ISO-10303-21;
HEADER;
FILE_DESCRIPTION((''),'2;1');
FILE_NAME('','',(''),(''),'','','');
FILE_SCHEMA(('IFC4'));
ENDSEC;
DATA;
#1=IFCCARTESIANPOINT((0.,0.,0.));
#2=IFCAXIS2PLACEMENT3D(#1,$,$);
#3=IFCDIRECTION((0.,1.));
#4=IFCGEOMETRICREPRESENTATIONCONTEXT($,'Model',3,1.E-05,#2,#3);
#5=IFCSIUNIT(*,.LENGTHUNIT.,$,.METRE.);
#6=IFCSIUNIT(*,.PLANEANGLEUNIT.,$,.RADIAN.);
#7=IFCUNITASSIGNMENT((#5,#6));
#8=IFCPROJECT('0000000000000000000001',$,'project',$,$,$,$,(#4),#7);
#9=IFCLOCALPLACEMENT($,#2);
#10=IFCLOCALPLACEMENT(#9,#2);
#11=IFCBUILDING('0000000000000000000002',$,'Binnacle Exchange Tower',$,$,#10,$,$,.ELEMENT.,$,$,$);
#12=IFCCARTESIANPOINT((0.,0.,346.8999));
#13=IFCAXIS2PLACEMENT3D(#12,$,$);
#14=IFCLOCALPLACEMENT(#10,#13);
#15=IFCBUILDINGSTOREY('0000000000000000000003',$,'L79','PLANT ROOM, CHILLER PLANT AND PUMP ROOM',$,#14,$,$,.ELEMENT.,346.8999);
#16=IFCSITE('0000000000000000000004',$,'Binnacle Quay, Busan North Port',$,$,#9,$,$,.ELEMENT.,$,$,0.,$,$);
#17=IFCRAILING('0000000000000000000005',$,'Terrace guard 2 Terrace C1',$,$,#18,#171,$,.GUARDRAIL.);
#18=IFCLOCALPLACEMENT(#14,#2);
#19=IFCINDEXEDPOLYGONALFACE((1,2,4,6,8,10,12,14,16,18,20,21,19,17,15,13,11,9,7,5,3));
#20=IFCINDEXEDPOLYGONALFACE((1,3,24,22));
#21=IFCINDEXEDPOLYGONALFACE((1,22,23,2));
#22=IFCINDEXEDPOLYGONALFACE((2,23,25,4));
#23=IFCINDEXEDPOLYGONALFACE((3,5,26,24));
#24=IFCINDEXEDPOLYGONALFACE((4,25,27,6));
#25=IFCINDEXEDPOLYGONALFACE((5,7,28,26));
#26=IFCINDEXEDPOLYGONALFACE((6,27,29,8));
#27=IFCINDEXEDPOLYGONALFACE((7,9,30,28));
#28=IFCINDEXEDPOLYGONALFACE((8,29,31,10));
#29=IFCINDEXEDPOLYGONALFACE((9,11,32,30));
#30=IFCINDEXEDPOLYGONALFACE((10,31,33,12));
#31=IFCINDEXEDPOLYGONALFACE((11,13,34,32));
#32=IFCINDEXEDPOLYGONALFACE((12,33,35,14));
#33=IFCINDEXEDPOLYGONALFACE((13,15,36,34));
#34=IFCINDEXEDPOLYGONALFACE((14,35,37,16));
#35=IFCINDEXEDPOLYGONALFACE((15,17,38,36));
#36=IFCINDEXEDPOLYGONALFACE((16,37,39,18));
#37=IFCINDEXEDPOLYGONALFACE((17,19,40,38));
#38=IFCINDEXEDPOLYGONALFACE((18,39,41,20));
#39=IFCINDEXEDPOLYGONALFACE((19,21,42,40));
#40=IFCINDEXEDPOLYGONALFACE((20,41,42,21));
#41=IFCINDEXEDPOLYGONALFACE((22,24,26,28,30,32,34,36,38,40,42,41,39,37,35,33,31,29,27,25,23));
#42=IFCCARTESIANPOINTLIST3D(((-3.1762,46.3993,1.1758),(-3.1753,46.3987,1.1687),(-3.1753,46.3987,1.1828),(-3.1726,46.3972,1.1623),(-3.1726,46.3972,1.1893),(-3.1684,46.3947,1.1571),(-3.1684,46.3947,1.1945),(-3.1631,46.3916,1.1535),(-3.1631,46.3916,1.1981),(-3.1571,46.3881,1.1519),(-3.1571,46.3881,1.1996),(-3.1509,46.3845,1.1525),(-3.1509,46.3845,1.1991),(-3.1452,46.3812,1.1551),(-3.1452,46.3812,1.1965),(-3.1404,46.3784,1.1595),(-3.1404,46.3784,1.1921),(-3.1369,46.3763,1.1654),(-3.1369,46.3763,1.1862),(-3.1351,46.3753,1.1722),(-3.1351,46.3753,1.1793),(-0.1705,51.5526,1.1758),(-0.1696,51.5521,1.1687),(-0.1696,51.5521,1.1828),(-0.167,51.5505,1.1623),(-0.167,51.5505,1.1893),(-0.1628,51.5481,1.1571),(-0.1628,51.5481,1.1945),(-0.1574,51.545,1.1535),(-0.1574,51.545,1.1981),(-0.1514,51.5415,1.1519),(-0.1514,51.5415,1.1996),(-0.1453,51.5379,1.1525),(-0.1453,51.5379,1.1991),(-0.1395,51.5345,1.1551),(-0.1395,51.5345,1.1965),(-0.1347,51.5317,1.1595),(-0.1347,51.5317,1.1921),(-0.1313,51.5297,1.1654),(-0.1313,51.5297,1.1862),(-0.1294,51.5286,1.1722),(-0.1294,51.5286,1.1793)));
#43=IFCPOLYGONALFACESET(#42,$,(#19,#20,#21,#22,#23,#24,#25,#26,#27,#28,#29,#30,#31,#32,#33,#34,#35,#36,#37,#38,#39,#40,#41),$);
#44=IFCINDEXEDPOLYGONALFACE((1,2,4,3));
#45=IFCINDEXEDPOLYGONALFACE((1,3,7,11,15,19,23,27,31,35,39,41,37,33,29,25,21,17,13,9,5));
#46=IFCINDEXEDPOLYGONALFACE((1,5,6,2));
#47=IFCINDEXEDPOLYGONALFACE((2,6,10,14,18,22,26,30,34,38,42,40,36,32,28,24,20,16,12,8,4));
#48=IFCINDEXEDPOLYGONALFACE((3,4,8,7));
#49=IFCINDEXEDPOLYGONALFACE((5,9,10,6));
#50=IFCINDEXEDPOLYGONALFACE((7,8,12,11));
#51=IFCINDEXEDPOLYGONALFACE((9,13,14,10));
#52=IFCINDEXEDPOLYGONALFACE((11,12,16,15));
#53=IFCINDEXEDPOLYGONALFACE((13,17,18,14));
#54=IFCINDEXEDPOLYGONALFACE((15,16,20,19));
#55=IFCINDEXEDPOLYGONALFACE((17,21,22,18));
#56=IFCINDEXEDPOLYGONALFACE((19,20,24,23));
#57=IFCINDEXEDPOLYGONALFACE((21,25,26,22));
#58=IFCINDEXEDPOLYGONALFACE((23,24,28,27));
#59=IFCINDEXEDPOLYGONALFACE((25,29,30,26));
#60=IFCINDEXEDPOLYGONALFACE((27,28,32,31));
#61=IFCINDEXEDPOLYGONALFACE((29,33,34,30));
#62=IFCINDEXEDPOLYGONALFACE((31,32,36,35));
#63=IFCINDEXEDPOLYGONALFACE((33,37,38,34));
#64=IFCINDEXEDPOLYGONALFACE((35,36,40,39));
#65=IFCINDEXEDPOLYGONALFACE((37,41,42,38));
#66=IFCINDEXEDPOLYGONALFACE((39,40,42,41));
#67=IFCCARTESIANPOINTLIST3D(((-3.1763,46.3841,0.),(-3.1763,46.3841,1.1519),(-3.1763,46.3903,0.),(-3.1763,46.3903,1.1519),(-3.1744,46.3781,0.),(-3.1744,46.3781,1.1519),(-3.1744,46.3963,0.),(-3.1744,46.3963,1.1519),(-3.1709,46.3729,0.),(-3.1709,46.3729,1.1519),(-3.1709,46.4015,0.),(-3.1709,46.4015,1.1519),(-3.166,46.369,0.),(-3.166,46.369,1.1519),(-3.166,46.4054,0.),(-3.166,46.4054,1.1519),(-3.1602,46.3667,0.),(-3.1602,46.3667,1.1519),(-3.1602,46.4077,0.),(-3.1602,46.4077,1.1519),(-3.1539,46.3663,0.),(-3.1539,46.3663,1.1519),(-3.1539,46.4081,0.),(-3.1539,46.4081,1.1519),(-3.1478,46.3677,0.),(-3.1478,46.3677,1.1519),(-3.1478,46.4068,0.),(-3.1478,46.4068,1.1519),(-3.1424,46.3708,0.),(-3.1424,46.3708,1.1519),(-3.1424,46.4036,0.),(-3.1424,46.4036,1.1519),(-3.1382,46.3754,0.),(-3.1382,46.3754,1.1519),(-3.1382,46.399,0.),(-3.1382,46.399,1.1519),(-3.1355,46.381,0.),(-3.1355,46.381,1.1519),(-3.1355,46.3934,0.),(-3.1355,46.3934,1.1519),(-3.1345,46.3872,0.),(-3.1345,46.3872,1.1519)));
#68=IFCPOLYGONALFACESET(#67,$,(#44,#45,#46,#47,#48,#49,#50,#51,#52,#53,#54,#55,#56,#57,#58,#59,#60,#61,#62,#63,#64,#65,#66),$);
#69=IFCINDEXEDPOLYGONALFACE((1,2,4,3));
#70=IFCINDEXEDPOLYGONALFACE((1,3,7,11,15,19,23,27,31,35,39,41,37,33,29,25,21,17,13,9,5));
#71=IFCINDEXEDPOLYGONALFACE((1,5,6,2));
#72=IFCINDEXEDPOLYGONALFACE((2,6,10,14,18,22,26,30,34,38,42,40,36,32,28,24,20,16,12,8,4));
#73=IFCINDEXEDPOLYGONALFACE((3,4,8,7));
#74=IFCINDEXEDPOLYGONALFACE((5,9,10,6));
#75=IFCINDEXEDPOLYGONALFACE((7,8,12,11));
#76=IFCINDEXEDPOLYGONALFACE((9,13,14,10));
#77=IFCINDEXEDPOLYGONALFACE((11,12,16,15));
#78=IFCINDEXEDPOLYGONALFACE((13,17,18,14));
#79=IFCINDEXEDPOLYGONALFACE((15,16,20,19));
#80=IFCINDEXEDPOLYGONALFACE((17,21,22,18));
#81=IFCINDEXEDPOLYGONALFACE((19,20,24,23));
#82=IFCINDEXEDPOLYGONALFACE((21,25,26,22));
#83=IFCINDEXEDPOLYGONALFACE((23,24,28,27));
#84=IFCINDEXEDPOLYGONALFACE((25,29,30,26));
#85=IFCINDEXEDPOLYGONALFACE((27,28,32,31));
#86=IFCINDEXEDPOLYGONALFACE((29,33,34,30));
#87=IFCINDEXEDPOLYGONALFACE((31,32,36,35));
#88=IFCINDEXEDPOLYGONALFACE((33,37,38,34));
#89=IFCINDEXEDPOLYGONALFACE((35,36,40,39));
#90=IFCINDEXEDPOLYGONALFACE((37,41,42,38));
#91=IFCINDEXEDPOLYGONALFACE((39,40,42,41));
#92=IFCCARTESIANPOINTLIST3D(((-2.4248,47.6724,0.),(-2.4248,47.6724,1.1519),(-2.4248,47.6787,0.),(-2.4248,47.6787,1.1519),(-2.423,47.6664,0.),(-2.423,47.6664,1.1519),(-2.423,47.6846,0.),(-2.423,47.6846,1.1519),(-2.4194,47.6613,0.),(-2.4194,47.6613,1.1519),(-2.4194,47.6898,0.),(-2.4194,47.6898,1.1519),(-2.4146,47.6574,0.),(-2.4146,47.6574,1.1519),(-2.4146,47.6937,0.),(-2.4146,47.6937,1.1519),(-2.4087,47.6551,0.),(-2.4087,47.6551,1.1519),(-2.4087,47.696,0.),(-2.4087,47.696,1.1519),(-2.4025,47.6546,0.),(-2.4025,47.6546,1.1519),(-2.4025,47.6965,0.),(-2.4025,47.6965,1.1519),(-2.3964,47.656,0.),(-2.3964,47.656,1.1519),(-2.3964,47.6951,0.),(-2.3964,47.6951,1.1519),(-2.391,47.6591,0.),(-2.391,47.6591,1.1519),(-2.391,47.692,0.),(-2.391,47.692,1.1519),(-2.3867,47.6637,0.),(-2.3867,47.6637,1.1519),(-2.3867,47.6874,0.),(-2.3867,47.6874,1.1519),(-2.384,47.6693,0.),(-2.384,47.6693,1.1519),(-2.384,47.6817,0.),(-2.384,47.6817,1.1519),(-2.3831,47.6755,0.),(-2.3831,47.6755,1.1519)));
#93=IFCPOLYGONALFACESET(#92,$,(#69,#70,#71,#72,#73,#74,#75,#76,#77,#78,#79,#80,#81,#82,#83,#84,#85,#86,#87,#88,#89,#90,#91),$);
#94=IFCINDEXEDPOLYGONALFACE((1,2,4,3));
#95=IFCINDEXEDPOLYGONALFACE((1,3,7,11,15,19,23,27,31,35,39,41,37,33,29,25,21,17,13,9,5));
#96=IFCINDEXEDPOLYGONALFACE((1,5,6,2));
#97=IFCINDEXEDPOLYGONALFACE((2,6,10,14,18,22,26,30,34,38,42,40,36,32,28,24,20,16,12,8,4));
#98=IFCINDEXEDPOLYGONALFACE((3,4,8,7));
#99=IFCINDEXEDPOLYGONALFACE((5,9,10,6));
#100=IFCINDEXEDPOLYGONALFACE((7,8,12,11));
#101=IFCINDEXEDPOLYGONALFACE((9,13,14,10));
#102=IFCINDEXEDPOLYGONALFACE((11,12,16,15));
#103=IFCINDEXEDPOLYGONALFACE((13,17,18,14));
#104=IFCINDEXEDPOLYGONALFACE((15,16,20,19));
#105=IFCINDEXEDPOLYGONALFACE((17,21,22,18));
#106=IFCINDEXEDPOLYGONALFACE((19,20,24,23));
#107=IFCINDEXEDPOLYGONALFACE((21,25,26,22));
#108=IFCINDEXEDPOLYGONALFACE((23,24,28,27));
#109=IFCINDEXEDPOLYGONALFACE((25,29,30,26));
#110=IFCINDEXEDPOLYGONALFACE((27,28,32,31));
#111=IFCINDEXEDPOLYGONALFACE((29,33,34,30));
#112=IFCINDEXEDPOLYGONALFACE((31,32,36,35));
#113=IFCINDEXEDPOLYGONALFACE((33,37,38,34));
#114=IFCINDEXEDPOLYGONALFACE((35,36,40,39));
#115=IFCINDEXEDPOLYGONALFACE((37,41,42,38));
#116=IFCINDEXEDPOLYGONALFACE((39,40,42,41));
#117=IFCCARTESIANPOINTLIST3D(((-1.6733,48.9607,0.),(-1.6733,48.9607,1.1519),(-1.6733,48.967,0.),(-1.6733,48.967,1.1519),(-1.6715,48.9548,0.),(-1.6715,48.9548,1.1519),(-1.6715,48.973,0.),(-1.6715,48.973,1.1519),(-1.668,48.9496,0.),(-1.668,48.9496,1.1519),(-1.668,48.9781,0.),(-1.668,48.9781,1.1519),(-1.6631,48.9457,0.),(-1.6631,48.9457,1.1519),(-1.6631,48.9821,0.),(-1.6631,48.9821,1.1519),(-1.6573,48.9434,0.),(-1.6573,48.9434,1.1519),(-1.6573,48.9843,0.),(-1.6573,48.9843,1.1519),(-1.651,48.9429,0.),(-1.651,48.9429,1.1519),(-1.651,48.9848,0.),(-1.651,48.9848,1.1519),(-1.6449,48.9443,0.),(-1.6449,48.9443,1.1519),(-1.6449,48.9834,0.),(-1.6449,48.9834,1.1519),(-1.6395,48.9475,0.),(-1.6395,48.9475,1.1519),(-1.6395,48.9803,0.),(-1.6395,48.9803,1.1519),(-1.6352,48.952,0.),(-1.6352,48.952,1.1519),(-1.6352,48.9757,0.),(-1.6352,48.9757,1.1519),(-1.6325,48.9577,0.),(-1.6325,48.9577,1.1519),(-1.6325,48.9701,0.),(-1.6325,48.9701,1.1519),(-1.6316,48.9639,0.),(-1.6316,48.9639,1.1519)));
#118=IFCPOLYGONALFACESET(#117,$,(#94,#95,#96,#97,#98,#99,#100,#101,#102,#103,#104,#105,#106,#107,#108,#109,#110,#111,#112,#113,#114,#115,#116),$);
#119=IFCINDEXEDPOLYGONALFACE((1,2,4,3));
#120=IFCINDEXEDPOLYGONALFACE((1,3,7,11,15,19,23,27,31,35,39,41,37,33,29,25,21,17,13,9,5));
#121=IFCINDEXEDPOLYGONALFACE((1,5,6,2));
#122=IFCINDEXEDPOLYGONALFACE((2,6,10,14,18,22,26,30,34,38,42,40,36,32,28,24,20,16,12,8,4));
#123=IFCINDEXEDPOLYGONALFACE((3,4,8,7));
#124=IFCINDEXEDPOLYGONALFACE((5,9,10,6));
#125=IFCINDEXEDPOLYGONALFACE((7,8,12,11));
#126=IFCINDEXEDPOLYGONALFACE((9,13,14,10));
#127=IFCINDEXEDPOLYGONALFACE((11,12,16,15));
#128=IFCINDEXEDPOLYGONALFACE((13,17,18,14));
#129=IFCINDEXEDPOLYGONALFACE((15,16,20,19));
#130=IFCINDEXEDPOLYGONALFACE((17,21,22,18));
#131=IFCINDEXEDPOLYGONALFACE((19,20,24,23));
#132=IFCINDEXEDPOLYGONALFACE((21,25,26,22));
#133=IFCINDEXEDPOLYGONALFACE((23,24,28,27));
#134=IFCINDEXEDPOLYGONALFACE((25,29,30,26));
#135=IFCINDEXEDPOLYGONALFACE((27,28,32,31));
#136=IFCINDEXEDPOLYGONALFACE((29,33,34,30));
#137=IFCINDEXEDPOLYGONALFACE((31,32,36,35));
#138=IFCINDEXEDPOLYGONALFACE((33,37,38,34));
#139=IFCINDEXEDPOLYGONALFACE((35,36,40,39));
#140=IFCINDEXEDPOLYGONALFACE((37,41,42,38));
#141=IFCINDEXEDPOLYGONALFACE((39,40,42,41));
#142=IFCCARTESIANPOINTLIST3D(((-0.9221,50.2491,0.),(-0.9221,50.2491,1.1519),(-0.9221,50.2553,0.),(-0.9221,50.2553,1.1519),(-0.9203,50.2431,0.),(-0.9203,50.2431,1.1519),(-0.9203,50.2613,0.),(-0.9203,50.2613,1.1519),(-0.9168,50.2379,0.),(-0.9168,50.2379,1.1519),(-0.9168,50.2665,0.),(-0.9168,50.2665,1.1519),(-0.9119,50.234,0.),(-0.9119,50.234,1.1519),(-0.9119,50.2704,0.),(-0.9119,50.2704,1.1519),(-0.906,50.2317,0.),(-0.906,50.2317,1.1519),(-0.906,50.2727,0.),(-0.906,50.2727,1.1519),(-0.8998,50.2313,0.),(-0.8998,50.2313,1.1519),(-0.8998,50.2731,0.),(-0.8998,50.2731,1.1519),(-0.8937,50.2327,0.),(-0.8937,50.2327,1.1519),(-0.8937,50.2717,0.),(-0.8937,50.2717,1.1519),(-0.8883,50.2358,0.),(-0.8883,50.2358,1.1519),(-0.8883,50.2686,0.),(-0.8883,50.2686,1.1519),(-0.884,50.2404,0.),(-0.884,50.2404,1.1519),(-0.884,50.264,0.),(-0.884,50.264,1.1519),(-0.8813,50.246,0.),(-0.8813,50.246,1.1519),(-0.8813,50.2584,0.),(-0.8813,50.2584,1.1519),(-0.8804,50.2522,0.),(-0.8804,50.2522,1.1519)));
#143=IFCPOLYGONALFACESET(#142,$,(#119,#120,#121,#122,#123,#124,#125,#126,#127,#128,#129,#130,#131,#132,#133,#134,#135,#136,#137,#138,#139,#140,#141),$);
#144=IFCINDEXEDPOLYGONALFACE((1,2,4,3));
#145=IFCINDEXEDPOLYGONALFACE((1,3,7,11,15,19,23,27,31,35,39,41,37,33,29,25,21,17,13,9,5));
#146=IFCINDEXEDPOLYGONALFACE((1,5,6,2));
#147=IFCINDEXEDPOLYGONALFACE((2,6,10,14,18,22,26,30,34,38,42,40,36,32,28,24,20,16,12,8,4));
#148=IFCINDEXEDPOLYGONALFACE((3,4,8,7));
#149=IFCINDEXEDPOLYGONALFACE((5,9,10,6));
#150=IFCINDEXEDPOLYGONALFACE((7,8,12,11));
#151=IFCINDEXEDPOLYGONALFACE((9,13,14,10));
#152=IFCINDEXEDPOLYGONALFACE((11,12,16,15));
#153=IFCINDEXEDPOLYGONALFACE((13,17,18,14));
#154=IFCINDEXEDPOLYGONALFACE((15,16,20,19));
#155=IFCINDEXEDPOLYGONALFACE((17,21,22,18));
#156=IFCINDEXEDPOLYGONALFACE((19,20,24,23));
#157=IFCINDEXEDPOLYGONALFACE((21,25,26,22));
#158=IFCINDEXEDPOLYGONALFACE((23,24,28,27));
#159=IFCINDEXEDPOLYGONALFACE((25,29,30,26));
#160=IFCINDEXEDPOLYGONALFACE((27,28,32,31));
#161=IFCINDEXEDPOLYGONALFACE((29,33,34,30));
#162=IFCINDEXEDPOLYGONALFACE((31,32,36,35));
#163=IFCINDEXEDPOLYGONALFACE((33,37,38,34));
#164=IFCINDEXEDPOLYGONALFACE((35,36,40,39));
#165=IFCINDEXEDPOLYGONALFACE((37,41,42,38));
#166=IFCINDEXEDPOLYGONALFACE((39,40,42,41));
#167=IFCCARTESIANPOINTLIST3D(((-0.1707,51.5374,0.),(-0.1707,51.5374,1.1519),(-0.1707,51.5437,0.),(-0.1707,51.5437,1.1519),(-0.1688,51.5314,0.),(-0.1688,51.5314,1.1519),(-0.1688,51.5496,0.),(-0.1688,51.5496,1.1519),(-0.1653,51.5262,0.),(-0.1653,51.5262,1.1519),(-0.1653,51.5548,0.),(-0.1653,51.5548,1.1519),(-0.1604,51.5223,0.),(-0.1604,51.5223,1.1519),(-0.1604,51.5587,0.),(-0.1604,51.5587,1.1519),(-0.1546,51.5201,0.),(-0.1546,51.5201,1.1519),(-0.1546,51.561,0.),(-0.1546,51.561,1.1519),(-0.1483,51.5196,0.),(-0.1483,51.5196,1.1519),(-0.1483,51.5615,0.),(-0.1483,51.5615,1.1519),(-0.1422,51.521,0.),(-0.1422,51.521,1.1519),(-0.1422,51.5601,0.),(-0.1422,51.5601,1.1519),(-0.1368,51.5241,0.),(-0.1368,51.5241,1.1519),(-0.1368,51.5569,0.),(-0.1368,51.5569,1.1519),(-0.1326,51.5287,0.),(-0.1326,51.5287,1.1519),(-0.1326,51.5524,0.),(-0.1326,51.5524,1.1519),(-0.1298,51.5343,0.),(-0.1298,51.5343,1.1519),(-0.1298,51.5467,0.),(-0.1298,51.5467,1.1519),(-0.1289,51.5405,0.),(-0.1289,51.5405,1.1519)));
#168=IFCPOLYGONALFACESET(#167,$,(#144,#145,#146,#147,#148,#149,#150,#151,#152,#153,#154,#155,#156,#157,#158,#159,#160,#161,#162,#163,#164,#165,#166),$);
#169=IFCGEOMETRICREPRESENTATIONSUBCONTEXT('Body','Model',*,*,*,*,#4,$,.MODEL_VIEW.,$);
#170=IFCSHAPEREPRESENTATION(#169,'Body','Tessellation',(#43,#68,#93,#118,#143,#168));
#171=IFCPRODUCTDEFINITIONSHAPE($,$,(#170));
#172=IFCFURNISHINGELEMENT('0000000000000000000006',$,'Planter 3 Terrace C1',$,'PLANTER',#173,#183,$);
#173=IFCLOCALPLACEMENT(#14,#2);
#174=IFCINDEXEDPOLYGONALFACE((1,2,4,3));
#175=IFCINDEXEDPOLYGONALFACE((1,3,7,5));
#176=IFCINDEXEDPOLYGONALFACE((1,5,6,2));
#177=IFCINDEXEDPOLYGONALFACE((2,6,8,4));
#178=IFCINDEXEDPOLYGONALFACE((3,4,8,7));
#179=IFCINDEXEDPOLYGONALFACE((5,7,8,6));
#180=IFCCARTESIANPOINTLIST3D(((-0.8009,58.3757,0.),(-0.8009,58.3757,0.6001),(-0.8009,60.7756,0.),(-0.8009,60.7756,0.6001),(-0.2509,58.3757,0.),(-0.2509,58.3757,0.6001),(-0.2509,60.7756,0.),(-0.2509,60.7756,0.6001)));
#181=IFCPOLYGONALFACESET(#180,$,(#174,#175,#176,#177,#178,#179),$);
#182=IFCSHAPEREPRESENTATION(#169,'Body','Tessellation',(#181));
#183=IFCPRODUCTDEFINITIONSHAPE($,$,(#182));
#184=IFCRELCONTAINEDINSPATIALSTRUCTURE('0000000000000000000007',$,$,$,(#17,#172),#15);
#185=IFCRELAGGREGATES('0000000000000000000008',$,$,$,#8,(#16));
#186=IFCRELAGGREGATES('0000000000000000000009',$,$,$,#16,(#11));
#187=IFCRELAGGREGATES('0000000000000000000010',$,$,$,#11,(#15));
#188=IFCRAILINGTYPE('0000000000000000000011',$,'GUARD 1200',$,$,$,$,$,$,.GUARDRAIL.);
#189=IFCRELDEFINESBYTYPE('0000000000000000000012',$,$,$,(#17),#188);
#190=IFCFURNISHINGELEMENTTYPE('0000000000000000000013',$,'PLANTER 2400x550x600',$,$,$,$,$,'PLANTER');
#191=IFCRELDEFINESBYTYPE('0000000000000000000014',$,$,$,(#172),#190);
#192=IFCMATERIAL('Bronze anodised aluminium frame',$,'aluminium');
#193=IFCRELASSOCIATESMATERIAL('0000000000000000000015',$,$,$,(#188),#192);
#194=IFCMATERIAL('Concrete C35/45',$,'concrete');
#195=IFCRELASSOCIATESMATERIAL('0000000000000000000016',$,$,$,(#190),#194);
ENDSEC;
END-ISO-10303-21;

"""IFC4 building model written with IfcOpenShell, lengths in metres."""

from ifc_helpers import new_model, si_unit, direction, frame, origin, origin_2d, place, context, subcontext, project, spatial, rectangle, circle, extrude, material, type_object, element, save


model = new_model("IFC4")

# Units and contexts
model_context = context("Model", 3, precision=1e-05, world=origin(), true_north=direction((0.0, 1.0)))
body_context = subcontext(model_context, "Body", "Model", "MODEL_VIEW")
ifc_project = project(units=[si_unit("LENGTHUNIT", "METRE"), si_unit("PLANEANGLEUNIT", "RADIAN")], contexts=[model_context])

# Site, building, storey
site_placement = place(None, origin())
site = spatial("IfcSite", under=ifc_project, at=site_placement, Name="Binnacle Quay, Busan North Port", CompositionType="ELEMENT", RefElevation=0.0)
building_placement = place(site_placement, origin())
building = spatial("IfcBuilding", under=site, at=building_placement, Name="Binnacle Exchange Tower", CompositionType="ELEMENT")
storey_placement = place(building_placement, frame((0.0, 0.0, 346.8999)))
storey = spatial("IfcBuildingStorey", under=building, at=storey_placement, Name="L79", Description="PLANT ROOM, CHILLER PLANT AND PUMP ROOM", CompositionType="ELEMENT", Elevation=346.8999)

# Shared definitions
ifc_material_1 = material(Name="Bronze anodised aluminium frame", Category="aluminium")

# Railing
railing_type = type_object("IfcRailingType", Name="GUARD 1200", PredefinedType="GUARDRAIL", material=ifc_material_1)
railing_1_placement = place(storey_placement, frame((-3.1555, 46.3872, 0.0)))
element("IfcRailing", 1, at=railing_1_placement, inside=storey, type_object=railing_type, Name="Terrace guard 2 Terrace C1", PredefinedType="GUARDRAIL", context=body_context, shape_type="SweptSolid", body=[
    extrude(circle(Radius=0.0239, at=origin_2d()), frame((0.0, 0.0, 1.1758), z_axis=(0.50381, 0.863815, 0.0), x_axis=(-0.863815, 0.50381, 0.0)), (0.0, 0.0, 1.0), 5.9658),
    extrude(circle(Radius=0.021, at=origin_2d()), origin(), (0.0, 0.0, 1.0), 1.1519),
    extrude(circle(Radius=0.021, at=origin_2d()), frame((0.7515, 1.2883, 0.0)), (0.0, 0.0, 1.0), 1.1519),
    extrude(circle(Radius=0.021, at=origin_2d()), frame((1.5029, 2.5767, 0.0)), (0.0, 0.0, 1.0), 1.1519),
    extrude(circle(Radius=0.021, at=origin_2d()), frame((2.2542, 3.865, 0.0)), (0.0, 0.0, 1.0), 1.1519),
    extrude(circle(Radius=0.021, at=origin_2d()), frame((3.0056, 5.1533, 0.0)), (0.0, 0.0, 1.0), 1.1519),
])

# Furnishing element
ifc_material_2 = material(Name="Concrete C35/45", Category="concrete")
furnishing_element_type = type_object("IfcFurnishingElementType", Name="PLANTER 2400x550x600", ElementType="PLANTER", material=ifc_material_2)
furnishing_placement = place(storey_placement, frame((-0.5259, 59.5757, 0.0), z_axis=(0.0, 0.0, 1.0), x_axis=(0.0, 1.0, 0.0)))
element("IfcFurnishingElement", 2, at=furnishing_placement, inside=storey, type_object=furnishing_element_type, Name="Planter 3 Terrace C1", ObjectType="PLANTER", context=body_context, shape_type="SweptSolid", body=[
    extrude(rectangle(XDim=2.3999, YDim=0.55, at=origin_2d()), origin(), (0.0, 0.0, 1.0), 0.6001),
])

save(model, "model.ifc")
